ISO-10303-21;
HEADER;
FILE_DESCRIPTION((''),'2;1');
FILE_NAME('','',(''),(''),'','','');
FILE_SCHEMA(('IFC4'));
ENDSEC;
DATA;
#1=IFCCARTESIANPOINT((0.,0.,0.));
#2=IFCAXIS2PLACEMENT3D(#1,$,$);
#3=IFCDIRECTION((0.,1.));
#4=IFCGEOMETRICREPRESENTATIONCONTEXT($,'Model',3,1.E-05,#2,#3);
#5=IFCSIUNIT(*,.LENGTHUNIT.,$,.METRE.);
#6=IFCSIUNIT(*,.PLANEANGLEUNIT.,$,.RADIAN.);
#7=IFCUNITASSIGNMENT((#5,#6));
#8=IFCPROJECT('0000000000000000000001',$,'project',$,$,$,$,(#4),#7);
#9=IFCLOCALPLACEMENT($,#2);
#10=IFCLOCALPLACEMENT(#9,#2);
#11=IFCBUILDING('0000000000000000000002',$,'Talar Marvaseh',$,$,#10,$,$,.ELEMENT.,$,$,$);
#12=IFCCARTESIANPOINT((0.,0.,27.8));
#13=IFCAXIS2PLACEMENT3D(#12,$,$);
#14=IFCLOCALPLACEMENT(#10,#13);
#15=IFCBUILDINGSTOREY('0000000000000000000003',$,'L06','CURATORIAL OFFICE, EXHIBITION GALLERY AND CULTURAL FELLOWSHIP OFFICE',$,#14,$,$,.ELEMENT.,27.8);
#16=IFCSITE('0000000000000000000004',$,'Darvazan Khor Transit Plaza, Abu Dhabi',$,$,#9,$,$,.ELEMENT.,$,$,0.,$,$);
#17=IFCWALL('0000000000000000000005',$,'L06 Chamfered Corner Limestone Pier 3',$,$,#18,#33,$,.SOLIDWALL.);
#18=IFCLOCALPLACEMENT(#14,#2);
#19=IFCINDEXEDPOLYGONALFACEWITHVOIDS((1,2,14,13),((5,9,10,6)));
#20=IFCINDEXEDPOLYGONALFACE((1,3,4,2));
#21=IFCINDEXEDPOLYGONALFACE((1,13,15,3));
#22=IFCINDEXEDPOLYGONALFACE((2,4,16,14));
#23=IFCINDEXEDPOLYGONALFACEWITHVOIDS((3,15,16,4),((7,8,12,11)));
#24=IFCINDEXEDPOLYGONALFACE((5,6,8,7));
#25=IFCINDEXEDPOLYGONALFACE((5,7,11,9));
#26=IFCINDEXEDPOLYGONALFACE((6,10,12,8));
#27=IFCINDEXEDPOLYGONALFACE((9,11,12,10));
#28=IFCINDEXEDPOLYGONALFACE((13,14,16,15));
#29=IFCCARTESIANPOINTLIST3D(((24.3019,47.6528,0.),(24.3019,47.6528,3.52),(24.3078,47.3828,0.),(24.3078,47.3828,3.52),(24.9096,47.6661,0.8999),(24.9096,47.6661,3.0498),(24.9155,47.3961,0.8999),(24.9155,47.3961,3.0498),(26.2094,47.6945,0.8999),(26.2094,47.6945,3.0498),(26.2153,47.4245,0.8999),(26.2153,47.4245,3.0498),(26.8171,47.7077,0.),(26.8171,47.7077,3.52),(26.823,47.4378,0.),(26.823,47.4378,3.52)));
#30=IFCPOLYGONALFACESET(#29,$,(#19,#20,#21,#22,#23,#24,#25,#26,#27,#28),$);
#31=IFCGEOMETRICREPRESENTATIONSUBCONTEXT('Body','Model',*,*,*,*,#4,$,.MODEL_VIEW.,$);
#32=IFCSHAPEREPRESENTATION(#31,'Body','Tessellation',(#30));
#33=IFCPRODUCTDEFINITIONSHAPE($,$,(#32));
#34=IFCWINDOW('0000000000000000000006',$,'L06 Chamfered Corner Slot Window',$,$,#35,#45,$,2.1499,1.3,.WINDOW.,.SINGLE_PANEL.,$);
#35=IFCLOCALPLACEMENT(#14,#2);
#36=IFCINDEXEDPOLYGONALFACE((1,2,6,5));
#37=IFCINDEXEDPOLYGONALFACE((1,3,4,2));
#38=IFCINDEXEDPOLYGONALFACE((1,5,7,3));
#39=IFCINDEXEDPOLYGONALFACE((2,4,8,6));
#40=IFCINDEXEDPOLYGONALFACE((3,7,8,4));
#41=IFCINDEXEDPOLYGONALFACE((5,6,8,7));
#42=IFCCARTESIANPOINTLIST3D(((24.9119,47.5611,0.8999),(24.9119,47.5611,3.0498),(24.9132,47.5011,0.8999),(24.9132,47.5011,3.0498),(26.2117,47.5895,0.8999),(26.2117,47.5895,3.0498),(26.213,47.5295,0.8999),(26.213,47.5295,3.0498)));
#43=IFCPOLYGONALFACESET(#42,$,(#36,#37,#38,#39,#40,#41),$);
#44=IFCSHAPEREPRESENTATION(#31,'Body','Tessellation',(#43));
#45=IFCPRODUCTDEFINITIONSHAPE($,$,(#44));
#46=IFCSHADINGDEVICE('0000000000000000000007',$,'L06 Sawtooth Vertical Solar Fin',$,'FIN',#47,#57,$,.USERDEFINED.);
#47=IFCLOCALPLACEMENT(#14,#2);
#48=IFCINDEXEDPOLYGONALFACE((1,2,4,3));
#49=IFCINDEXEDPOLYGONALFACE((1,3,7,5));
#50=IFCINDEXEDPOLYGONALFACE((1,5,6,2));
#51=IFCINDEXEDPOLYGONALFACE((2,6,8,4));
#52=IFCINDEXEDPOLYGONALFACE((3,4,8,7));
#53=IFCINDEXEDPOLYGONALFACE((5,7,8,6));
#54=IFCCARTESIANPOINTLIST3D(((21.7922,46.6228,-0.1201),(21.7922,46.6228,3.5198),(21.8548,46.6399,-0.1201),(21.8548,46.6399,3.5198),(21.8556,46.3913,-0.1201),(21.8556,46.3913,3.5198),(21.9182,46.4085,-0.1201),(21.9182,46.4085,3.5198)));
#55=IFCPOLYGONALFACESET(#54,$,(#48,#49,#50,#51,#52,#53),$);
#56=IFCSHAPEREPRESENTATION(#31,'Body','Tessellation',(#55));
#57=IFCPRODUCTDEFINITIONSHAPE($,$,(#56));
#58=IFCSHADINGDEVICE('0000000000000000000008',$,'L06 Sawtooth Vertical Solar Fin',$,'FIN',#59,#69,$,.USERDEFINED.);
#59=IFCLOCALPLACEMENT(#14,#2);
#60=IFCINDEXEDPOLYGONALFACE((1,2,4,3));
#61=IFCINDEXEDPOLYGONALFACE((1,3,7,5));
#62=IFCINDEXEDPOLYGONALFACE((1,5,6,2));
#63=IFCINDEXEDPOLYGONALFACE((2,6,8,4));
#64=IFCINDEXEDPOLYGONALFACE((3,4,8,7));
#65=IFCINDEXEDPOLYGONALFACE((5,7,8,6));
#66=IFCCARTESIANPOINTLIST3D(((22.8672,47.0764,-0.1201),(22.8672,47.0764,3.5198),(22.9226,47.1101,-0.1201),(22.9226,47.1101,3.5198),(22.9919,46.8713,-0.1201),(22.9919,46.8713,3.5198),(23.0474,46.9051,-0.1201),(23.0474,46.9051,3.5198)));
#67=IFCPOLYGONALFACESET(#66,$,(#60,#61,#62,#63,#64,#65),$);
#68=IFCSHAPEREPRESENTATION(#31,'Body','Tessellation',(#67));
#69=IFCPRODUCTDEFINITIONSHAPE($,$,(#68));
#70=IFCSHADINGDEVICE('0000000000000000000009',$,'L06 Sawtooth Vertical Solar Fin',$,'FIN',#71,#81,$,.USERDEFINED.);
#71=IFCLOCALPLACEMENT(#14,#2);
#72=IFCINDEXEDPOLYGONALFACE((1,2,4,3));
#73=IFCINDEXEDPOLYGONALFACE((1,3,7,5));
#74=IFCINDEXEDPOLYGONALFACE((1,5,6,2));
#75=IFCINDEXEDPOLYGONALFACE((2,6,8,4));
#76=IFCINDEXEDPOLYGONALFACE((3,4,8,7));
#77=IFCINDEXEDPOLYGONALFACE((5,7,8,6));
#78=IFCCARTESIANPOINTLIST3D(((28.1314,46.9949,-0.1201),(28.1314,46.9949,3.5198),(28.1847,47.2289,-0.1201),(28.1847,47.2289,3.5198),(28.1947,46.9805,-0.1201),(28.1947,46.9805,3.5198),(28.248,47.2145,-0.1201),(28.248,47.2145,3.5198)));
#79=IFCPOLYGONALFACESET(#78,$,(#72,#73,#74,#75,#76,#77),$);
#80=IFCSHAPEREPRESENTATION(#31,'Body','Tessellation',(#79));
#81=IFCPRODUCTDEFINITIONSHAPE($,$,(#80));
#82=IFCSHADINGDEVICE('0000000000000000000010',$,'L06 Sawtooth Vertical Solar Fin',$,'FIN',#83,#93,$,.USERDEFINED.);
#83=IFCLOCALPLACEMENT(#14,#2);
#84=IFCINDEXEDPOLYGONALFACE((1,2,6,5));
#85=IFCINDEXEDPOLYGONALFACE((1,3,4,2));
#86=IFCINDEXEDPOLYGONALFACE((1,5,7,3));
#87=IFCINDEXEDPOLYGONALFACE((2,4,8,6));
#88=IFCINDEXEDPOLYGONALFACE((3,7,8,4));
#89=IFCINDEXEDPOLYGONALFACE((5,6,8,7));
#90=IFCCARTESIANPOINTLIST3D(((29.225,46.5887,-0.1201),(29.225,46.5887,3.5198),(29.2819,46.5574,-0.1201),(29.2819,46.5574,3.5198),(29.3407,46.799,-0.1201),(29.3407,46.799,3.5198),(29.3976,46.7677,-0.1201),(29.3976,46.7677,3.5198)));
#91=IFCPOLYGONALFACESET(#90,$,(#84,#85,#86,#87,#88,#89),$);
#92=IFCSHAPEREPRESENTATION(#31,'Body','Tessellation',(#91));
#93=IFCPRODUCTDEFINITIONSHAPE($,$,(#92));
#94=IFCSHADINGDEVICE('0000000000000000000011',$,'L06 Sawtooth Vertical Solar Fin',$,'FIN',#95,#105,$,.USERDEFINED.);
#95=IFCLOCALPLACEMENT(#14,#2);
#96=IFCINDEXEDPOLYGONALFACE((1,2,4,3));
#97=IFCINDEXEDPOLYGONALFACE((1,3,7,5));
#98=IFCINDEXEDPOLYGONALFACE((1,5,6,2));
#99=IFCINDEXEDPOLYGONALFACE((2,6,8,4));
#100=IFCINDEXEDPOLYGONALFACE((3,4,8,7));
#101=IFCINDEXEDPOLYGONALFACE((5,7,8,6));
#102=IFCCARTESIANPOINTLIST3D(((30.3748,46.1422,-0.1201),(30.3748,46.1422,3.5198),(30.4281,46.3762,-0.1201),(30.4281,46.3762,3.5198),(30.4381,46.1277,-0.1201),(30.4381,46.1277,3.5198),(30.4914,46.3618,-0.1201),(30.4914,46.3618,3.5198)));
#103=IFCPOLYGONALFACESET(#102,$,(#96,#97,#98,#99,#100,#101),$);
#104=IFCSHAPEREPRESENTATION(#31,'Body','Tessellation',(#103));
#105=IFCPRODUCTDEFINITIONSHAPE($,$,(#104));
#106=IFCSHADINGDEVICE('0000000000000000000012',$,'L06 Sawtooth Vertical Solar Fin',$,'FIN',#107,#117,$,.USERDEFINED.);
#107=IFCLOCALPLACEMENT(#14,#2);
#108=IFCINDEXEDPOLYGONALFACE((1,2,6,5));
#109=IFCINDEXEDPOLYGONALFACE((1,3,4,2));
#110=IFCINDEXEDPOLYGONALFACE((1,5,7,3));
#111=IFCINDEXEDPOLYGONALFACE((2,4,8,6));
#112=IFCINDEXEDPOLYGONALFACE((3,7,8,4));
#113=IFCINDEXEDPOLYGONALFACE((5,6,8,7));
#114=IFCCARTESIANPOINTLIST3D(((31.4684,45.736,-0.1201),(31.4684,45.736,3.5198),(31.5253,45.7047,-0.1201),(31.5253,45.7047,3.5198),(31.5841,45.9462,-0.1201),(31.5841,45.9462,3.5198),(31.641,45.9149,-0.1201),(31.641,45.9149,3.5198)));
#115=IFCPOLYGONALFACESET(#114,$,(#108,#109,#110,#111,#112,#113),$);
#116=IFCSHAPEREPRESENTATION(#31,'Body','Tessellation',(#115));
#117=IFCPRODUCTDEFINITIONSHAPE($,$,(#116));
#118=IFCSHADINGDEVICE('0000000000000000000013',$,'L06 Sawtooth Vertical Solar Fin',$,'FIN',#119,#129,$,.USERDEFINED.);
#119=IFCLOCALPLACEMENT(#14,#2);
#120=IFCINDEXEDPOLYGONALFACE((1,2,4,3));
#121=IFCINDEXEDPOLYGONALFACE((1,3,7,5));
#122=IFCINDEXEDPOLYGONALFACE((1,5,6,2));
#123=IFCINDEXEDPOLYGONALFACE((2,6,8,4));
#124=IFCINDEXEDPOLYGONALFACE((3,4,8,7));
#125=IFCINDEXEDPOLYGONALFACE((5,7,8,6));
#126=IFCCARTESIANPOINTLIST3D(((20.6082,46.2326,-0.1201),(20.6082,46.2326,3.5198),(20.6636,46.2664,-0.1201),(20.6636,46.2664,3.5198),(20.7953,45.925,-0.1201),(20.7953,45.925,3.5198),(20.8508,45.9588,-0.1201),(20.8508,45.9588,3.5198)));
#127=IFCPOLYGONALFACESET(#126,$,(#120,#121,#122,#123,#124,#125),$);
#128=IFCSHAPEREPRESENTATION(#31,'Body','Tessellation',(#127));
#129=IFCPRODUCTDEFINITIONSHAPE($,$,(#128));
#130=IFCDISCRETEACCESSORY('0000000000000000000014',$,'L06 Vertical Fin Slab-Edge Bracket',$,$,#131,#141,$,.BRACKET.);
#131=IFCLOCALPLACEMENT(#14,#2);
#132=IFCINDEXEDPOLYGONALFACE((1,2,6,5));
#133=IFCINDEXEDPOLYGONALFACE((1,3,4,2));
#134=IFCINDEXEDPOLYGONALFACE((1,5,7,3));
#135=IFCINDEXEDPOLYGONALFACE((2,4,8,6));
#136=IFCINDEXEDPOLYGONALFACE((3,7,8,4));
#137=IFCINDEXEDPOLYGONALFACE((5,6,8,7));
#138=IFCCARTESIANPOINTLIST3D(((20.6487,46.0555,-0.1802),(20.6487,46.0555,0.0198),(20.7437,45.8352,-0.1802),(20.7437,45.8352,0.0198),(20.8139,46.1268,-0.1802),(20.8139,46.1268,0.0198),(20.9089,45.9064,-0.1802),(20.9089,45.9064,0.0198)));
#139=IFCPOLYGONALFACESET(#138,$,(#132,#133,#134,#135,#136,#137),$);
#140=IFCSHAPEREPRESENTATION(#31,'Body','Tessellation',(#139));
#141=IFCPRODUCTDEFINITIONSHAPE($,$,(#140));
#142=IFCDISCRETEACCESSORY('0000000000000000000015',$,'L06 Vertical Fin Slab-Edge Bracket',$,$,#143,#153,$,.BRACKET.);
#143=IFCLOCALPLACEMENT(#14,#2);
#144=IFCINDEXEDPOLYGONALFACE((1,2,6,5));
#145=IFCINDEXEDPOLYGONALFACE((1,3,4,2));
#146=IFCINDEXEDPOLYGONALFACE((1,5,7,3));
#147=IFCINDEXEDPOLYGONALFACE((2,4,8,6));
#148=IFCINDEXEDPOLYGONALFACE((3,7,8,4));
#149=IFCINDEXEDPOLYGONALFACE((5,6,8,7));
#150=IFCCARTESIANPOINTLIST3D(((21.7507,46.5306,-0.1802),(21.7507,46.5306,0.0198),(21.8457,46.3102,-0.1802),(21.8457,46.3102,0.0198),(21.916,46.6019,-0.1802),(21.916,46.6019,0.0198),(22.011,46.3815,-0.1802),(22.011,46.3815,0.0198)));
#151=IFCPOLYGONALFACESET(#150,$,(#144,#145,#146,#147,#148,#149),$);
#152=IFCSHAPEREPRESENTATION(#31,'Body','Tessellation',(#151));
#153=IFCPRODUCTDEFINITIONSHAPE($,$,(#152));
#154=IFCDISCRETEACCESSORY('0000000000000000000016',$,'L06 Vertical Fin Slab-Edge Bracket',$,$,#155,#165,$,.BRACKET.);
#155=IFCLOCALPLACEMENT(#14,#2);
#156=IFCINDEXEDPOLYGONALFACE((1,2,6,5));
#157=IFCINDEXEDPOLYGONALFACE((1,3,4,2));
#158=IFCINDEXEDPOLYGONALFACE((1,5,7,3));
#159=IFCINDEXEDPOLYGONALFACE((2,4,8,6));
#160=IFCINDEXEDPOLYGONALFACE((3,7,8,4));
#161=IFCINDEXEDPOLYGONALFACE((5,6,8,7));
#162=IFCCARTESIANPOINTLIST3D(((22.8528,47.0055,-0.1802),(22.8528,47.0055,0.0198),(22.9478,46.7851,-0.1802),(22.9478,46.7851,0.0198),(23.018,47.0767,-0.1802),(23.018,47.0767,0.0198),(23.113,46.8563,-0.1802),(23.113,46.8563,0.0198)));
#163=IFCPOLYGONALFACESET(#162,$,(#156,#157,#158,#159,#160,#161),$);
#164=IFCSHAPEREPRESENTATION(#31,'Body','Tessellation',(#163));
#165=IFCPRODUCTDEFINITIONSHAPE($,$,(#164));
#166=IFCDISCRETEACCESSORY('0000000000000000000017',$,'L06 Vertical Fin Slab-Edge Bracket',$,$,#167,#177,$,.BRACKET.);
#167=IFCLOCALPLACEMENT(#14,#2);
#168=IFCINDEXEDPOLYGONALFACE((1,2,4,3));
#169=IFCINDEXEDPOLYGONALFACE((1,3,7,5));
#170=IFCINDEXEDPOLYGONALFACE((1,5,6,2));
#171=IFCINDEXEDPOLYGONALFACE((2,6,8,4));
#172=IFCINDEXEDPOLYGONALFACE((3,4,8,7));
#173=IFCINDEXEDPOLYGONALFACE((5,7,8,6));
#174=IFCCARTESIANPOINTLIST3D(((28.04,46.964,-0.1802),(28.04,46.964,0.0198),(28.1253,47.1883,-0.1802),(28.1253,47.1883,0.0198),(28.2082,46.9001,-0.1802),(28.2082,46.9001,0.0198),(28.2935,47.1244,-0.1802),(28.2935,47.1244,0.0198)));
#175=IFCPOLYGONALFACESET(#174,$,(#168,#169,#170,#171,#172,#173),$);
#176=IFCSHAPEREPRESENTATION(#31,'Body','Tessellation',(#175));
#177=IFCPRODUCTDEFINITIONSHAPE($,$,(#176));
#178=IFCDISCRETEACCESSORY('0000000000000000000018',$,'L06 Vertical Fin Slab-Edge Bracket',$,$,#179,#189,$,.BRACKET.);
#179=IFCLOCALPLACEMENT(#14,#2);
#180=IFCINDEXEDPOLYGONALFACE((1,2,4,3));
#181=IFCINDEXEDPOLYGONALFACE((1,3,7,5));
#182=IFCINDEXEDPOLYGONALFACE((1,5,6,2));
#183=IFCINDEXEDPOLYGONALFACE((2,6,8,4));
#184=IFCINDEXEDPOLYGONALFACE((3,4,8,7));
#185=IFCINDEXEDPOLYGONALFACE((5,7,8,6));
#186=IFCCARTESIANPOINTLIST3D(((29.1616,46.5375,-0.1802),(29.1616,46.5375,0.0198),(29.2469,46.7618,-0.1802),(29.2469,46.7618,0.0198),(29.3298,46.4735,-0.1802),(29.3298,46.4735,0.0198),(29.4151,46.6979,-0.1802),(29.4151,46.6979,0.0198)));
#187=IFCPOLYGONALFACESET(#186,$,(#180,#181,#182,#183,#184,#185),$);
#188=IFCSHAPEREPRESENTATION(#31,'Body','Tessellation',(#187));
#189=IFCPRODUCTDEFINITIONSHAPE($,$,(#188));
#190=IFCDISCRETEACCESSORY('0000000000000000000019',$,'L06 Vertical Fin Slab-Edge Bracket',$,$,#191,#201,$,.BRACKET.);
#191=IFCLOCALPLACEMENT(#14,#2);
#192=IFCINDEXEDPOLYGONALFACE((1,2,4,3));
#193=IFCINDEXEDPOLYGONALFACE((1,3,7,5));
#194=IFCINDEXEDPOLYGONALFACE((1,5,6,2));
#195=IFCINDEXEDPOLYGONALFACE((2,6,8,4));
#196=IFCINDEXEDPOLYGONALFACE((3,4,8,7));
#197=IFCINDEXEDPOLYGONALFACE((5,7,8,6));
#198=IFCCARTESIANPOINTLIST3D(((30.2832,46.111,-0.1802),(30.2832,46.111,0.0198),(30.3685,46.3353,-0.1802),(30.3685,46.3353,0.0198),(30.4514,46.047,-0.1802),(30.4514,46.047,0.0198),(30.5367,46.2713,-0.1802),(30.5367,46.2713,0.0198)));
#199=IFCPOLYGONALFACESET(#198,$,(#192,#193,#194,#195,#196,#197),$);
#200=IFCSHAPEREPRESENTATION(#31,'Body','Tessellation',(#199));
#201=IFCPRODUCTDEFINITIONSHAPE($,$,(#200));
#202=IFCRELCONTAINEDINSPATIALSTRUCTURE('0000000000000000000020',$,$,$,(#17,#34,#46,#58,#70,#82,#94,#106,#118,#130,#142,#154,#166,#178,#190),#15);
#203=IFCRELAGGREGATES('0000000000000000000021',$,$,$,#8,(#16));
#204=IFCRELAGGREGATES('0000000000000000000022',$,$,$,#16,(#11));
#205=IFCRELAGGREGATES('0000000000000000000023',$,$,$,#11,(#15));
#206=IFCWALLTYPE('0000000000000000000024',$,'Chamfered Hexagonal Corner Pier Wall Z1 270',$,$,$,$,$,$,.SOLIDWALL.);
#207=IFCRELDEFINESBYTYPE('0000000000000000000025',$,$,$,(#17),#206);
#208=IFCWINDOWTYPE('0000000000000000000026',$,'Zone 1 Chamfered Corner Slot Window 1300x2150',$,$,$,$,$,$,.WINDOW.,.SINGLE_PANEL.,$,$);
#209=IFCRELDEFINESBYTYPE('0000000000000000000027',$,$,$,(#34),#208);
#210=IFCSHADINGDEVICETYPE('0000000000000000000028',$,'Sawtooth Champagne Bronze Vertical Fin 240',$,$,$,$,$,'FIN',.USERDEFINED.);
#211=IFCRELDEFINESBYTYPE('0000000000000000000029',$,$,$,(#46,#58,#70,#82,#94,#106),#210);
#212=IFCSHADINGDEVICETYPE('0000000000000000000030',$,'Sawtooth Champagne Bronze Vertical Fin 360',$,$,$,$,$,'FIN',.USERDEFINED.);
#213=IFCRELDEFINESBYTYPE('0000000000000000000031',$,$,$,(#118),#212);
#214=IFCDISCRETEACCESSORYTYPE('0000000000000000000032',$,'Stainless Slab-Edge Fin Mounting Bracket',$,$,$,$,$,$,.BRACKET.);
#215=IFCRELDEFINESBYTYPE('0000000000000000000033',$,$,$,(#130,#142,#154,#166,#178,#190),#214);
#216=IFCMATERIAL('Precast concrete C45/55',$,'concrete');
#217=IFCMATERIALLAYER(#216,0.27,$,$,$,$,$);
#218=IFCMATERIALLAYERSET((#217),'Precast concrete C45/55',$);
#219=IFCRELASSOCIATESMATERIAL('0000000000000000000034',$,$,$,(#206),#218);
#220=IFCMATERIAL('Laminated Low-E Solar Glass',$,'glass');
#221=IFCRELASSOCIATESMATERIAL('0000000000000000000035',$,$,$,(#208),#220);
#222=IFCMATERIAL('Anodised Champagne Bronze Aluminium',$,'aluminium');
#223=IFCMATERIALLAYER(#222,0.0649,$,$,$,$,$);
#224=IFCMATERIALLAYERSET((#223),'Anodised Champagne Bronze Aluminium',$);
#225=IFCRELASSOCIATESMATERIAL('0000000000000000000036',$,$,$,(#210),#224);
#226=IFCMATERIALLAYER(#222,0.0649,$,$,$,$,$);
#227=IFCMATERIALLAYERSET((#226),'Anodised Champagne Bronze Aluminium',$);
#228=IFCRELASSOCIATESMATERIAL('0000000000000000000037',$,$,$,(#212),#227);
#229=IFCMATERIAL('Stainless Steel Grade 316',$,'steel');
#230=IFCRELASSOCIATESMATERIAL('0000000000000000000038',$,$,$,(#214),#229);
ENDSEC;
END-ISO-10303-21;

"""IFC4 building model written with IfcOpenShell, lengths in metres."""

from ifc_helpers import new_model, si_unit, direction, frame, frame_2d, origin, origin_2d, place, context, subcontext, project, spatial, rectangle, extrude, source, transform, mapped, material, layer, layer_set, type_object, type_shapes, element, fill, save


model = new_model("IFC4")

# Units and contexts
model_context = context("Model", 3, precision=1e-05, world=origin(), true_north=direction((0.0, 1.0)))
body_context = subcontext(model_context, "Body", "Model", "MODEL_VIEW")
ifc_project = project(units=[si_unit("LENGTHUNIT", "METRE"), si_unit("PLANEANGLEUNIT", "RADIAN")], contexts=[model_context])

# Site, building, storey
site_placement = place(None, origin())
site = spatial("IfcSite", under=ifc_project, at=site_placement, Name="Darvazan Khor Transit Plaza, Abu Dhabi", CompositionType="ELEMENT", RefElevation=0.0)
building_placement = place(site_placement, origin())
building = spatial("IfcBuilding", under=site, at=building_placement, Name="Talar Marvaseh", CompositionType="ELEMENT")
storey_placement = place(building_placement, frame((0.0, 0.0, 27.8)))
storey = spatial("IfcBuildingStorey", under=building, at=storey_placement, Name="L06", Description="CURATORIAL OFFICE, EXHIBITION GALLERY AND CULTURAL FELLOWSHIP OFFICE", CompositionType="ELEMENT", Elevation=27.8)

# Shared definitions
ifc_material_1 = material(Name="Laminated Low-E Solar Glass", Category="glass")

# Wall, opening, window
ifc_material_2 = material(Name="Precast concrete C45/55", Category="concrete")
ifc_layer_1 = layer(ifc_material_2, 0.27)
ifc_layer_set_1 = layer_set([ifc_layer_1], Name="Precast concrete C45/55")
wall_type = type_object("IfcWallType", Name="Chamfered Hexagonal Corner Pier Wall Z1 270", PredefinedType="SOLIDWALL", material=ifc_layer_set_1)
wall_placement = place(storey_placement, frame((24.3049, 47.5178, 0.0), z_axis=(0.0, 0.0, 1.0), x_axis=(0.999762, 0.021833, 0.0)))
wall = element("IfcWall", 1, at=wall_placement, inside=storey, type_object=wall_type, Name="L06 Chamfered Corner Limestone Pier 3", PredefinedType="SOLIDWALL", context=body_context, shape_type="SweptSolid", body=[
    extrude(rectangle(XDim=2.5159, YDim=0.27, at=frame_2d((1.2578, 0.0))), origin(), (0.0, 0.0, 1.0), 3.52),
])
opening_placement = place(wall_placement, frame((0.6079, 0.0, 0.8999)))
opening = element("IfcOpeningElement", 2, at=opening_placement, cuts=wall, PredefinedType="OPENING", context=body_context, shape_type="SweptSolid", body=[
    extrude(rectangle(XDim=1.3, YDim=2.1499, at=frame_2d((0.6499, 1.075))), frame((0.0, 0.145, 0.0), z_axis=(0.0, -1.0, 0.0), x_axis=(1.0, 0.0, 0.0)), (0.0, 0.0, 1.0), 0.29),
])
window_type = type_object("IfcWindowType", Name="Zone 1 Chamfered Corner Slot Window 1300x2150", PartitioningType="SINGLE_PANEL", PredefinedType="WINDOW", material=ifc_material_1)
shared_shape_1 = source(origin(), body_context, "Body", "SweptSolid", [
    extrude(rectangle(XDim=1.3, YDim=2.1499, at=frame_2d((0.6499, 1.075))), frame((0.0, 0.03, 0.0), z_axis=(0.0, -1.0, 0.0), x_axis=(1.0, 0.0, 0.0)), (0.0, 0.0, 1.0), 0.0601),
])
type_shapes(window_type, [shared_shape_1])
window_placement = place(opening_placement, origin())
window = element("IfcWindow", 3, at=window_placement, inside=storey, type_object=window_type, Name="L06 Chamfered Corner Slot Window", OverallHeight=2.1499, OverallWidth=1.3, PartitioningType="SINGLE_PANEL", PredefinedType="WINDOW", context=body_context, shape_type="MappedRepresentation", body=[
    mapped(shared_shape_1, transform((0.0, 0.0, 0.0), x_axis=(1.0, 0.0, 0.0), y_axis=(0.0, 1.0, 0.0), z_axis=(0.0, 0.0, 1.0), scale=1.0)),
])
fill(opening, window)

# Shading devices
ifc_material_3 = material(Name="Anodised Champagne Bronze Aluminium", Category="aluminium")
ifc_layer_2 = layer(ifc_material_3, 0.0649)
ifc_layer_set_2 = layer_set([ifc_layer_2], Name="Anodised Champagne Bronze Aluminium")
shading_device_type_1 = type_object("IfcShadingDeviceType", Name="Sawtooth Champagne Bronze Vertical Fin 240", ElementType="FIN", PredefinedType="USERDEFINED", material=ifc_layer_set_2)
shared_shape_2 = source(origin(), body_context, "Body", "SweptSolid", [
    extrude(rectangle(XDim=0.24, YDim=0.0649, at=origin_2d()), origin(), (0.0, 0.0, 1.0), 3.6399),
])
type_shapes(shading_device_type_1, [shared_shape_2])
for number, where, z_axis, x_axis, name in (
    (4, (21.8552, 46.5156, -0.1201), (0.0, 0.0, 1.0), (-0.26421, 0.964465, 0.0), "L06 Sawtooth Vertical Solar Fin"),
    (5, (22.9573, 46.9907, -0.1201), (0.0, 0.0, 1.0), (-0.519817, 0.854277, 0.0), "L06 Sawtooth Vertical Solar Fin"),
    (6, (28.1897, 47.1047, -0.1201), (0.0, 0.0, 1.0), (0.221889, 0.975072, 0.0), "L06 Sawtooth Vertical Solar Fin"),
    (7, (29.3113, 46.6782, -0.1201), (0.0, 0.0, 1.0), (0.48206, 0.876138, 0.0), "L06 Sawtooth Vertical Solar Fin"),
    (8, (30.4331, 46.252, -0.1201), (0.0, 0.0, 1.0), (0.221889, 0.975072, 0.0), "L06 Sawtooth Vertical Solar Fin"),
    (9, (31.5547, 45.8254, -0.1201), (0.0, 0.0, 1.0), (0.48206, 0.876138, 0.0), "L06 Sawtooth Vertical Solar Fin"),
):
    element("IfcShadingDevice", number, at=place(storey_placement, frame(where, z_axis=z_axis, x_axis=x_axis)), inside=storey, type_object=shading_device_type_1, Name=name, ObjectType="FIN", PredefinedType="USERDEFINED", context=body_context, shape_type="MappedRepresentation", body=[
        mapped(shared_shape_2, transform((0.0, 0.0, 0.0), x_axis=(1.0, 0.0, 0.0), y_axis=(0.0, 1.0, 0.0), z_axis=(0.0, 0.0, 1.0), scale=1.0)),
    ])
ifc_layer_3 = layer(ifc_material_3, 0.0649)
ifc_layer_set_3 = layer_set([ifc_layer_3], Name="Anodised Champagne Bronze Aluminium")
shading_device_type_2 = type_object("IfcShadingDeviceType", Name="Sawtooth Champagne Bronze Vertical Fin 360", ElementType="FIN", PredefinedType="USERDEFINED", material=ifc_layer_set_3)
shared_shape_3 = source(origin(), body_context, "Body", "SweptSolid", [
    extrude(rectangle(XDim=0.3601, YDim=0.0649, at=origin_2d()), origin(), (0.0, 0.0, 1.0), 3.6399),
])
type_shapes(shading_device_type_2, [shared_shape_3])
shading_device_placement = place(storey_placement, frame((20.7295, 46.0957, -0.1201), z_axis=(0.0, 0.0, 1.0), x_axis=(-0.519817, 0.854277, 0.0)))
element("IfcShadingDevice", 10, at=shading_device_placement, inside=storey, type_object=shading_device_type_2, Name="L06 Sawtooth Vertical Solar Fin", ObjectType="FIN", PredefinedType="USERDEFINED", context=body_context, shape_type="MappedRepresentation", body=[
    mapped(shared_shape_3, transform((0.0, 0.0, 0.0), x_axis=(1.0, 0.0, 0.0), y_axis=(0.0, 1.0, 0.0), z_axis=(0.0, 0.0, 1.0), scale=1.0)),
])

# Discrete accessories
ifc_material_4 = material(Name="Stainless Steel Grade 316", Category="steel")
discrete_accessory_type = type_object("IfcDiscreteAccessoryType", Name="Stainless Slab-Edge Fin Mounting Bracket", PredefinedType="BRACKET", material=ifc_material_4)
shared_shape_4 = source(origin(), body_context, "Body", "SweptSolid", [
    extrude(rectangle(XDim=0.24, YDim=0.1799, at=origin_2d()), origin(), (0.0, 0.0, 1.0), 0.2),
])
type_shapes(discrete_accessory_type, [shared_shape_4])
for number, where, z_axis, x_axis, name in (
    (11, (20.7788, 45.981, -0.1802), (0.0, 0.0, 1.0), (-0.395866, 0.918308, 0.0), "L06 Vertical Fin Slab-Edge Bracket"),
    (12, (21.8809, 46.4561, -0.1802), (0.0, 0.0, 1.0), (-0.395866, 0.918308, 0.0), "L06 Vertical Fin Slab-Edge Bracket"),
    (13, (22.9829, 46.9309, -0.1802), (0.0, 0.0, 1.0), (-0.395866, 0.918308, 0.0), "L06 Vertical Fin Slab-Edge Bracket"),
    (14, (28.1667, 47.0442, -0.1802), (0.0, 0.0, 1.0), (0.355433, 0.934702, 0.0), "L06 Vertical Fin Slab-Edge Bracket"),
    (15, (29.2883, 46.6177, -0.1802), (0.0, 0.0, 1.0), (0.355433, 0.934702, 0.0), "L06 Vertical Fin Slab-Edge Bracket"),
    (16, (30.4099, 46.1912, -0.1802), (0.0, 0.0, 1.0), (0.355433, 0.934702, 0.0), "L06 Vertical Fin Slab-Edge Bracket"),
):
    element("IfcDiscreteAccessory", number, at=place(storey_placement, frame(where, z_axis=z_axis, x_axis=x_axis)), inside=storey, type_object=discrete_accessory_type, Name=name, PredefinedType="BRACKET", context=body_context, shape_type="MappedRepresentation", body=[
        mapped(shared_shape_4, transform((0.0, 0.0, 0.0), x_axis=(1.0, 0.0, 0.0), y_axis=(0.0, 1.0, 0.0), z_axis=(0.0, 0.0, 1.0), scale=1.0)),
    ])

save(model, "model.ifc")
